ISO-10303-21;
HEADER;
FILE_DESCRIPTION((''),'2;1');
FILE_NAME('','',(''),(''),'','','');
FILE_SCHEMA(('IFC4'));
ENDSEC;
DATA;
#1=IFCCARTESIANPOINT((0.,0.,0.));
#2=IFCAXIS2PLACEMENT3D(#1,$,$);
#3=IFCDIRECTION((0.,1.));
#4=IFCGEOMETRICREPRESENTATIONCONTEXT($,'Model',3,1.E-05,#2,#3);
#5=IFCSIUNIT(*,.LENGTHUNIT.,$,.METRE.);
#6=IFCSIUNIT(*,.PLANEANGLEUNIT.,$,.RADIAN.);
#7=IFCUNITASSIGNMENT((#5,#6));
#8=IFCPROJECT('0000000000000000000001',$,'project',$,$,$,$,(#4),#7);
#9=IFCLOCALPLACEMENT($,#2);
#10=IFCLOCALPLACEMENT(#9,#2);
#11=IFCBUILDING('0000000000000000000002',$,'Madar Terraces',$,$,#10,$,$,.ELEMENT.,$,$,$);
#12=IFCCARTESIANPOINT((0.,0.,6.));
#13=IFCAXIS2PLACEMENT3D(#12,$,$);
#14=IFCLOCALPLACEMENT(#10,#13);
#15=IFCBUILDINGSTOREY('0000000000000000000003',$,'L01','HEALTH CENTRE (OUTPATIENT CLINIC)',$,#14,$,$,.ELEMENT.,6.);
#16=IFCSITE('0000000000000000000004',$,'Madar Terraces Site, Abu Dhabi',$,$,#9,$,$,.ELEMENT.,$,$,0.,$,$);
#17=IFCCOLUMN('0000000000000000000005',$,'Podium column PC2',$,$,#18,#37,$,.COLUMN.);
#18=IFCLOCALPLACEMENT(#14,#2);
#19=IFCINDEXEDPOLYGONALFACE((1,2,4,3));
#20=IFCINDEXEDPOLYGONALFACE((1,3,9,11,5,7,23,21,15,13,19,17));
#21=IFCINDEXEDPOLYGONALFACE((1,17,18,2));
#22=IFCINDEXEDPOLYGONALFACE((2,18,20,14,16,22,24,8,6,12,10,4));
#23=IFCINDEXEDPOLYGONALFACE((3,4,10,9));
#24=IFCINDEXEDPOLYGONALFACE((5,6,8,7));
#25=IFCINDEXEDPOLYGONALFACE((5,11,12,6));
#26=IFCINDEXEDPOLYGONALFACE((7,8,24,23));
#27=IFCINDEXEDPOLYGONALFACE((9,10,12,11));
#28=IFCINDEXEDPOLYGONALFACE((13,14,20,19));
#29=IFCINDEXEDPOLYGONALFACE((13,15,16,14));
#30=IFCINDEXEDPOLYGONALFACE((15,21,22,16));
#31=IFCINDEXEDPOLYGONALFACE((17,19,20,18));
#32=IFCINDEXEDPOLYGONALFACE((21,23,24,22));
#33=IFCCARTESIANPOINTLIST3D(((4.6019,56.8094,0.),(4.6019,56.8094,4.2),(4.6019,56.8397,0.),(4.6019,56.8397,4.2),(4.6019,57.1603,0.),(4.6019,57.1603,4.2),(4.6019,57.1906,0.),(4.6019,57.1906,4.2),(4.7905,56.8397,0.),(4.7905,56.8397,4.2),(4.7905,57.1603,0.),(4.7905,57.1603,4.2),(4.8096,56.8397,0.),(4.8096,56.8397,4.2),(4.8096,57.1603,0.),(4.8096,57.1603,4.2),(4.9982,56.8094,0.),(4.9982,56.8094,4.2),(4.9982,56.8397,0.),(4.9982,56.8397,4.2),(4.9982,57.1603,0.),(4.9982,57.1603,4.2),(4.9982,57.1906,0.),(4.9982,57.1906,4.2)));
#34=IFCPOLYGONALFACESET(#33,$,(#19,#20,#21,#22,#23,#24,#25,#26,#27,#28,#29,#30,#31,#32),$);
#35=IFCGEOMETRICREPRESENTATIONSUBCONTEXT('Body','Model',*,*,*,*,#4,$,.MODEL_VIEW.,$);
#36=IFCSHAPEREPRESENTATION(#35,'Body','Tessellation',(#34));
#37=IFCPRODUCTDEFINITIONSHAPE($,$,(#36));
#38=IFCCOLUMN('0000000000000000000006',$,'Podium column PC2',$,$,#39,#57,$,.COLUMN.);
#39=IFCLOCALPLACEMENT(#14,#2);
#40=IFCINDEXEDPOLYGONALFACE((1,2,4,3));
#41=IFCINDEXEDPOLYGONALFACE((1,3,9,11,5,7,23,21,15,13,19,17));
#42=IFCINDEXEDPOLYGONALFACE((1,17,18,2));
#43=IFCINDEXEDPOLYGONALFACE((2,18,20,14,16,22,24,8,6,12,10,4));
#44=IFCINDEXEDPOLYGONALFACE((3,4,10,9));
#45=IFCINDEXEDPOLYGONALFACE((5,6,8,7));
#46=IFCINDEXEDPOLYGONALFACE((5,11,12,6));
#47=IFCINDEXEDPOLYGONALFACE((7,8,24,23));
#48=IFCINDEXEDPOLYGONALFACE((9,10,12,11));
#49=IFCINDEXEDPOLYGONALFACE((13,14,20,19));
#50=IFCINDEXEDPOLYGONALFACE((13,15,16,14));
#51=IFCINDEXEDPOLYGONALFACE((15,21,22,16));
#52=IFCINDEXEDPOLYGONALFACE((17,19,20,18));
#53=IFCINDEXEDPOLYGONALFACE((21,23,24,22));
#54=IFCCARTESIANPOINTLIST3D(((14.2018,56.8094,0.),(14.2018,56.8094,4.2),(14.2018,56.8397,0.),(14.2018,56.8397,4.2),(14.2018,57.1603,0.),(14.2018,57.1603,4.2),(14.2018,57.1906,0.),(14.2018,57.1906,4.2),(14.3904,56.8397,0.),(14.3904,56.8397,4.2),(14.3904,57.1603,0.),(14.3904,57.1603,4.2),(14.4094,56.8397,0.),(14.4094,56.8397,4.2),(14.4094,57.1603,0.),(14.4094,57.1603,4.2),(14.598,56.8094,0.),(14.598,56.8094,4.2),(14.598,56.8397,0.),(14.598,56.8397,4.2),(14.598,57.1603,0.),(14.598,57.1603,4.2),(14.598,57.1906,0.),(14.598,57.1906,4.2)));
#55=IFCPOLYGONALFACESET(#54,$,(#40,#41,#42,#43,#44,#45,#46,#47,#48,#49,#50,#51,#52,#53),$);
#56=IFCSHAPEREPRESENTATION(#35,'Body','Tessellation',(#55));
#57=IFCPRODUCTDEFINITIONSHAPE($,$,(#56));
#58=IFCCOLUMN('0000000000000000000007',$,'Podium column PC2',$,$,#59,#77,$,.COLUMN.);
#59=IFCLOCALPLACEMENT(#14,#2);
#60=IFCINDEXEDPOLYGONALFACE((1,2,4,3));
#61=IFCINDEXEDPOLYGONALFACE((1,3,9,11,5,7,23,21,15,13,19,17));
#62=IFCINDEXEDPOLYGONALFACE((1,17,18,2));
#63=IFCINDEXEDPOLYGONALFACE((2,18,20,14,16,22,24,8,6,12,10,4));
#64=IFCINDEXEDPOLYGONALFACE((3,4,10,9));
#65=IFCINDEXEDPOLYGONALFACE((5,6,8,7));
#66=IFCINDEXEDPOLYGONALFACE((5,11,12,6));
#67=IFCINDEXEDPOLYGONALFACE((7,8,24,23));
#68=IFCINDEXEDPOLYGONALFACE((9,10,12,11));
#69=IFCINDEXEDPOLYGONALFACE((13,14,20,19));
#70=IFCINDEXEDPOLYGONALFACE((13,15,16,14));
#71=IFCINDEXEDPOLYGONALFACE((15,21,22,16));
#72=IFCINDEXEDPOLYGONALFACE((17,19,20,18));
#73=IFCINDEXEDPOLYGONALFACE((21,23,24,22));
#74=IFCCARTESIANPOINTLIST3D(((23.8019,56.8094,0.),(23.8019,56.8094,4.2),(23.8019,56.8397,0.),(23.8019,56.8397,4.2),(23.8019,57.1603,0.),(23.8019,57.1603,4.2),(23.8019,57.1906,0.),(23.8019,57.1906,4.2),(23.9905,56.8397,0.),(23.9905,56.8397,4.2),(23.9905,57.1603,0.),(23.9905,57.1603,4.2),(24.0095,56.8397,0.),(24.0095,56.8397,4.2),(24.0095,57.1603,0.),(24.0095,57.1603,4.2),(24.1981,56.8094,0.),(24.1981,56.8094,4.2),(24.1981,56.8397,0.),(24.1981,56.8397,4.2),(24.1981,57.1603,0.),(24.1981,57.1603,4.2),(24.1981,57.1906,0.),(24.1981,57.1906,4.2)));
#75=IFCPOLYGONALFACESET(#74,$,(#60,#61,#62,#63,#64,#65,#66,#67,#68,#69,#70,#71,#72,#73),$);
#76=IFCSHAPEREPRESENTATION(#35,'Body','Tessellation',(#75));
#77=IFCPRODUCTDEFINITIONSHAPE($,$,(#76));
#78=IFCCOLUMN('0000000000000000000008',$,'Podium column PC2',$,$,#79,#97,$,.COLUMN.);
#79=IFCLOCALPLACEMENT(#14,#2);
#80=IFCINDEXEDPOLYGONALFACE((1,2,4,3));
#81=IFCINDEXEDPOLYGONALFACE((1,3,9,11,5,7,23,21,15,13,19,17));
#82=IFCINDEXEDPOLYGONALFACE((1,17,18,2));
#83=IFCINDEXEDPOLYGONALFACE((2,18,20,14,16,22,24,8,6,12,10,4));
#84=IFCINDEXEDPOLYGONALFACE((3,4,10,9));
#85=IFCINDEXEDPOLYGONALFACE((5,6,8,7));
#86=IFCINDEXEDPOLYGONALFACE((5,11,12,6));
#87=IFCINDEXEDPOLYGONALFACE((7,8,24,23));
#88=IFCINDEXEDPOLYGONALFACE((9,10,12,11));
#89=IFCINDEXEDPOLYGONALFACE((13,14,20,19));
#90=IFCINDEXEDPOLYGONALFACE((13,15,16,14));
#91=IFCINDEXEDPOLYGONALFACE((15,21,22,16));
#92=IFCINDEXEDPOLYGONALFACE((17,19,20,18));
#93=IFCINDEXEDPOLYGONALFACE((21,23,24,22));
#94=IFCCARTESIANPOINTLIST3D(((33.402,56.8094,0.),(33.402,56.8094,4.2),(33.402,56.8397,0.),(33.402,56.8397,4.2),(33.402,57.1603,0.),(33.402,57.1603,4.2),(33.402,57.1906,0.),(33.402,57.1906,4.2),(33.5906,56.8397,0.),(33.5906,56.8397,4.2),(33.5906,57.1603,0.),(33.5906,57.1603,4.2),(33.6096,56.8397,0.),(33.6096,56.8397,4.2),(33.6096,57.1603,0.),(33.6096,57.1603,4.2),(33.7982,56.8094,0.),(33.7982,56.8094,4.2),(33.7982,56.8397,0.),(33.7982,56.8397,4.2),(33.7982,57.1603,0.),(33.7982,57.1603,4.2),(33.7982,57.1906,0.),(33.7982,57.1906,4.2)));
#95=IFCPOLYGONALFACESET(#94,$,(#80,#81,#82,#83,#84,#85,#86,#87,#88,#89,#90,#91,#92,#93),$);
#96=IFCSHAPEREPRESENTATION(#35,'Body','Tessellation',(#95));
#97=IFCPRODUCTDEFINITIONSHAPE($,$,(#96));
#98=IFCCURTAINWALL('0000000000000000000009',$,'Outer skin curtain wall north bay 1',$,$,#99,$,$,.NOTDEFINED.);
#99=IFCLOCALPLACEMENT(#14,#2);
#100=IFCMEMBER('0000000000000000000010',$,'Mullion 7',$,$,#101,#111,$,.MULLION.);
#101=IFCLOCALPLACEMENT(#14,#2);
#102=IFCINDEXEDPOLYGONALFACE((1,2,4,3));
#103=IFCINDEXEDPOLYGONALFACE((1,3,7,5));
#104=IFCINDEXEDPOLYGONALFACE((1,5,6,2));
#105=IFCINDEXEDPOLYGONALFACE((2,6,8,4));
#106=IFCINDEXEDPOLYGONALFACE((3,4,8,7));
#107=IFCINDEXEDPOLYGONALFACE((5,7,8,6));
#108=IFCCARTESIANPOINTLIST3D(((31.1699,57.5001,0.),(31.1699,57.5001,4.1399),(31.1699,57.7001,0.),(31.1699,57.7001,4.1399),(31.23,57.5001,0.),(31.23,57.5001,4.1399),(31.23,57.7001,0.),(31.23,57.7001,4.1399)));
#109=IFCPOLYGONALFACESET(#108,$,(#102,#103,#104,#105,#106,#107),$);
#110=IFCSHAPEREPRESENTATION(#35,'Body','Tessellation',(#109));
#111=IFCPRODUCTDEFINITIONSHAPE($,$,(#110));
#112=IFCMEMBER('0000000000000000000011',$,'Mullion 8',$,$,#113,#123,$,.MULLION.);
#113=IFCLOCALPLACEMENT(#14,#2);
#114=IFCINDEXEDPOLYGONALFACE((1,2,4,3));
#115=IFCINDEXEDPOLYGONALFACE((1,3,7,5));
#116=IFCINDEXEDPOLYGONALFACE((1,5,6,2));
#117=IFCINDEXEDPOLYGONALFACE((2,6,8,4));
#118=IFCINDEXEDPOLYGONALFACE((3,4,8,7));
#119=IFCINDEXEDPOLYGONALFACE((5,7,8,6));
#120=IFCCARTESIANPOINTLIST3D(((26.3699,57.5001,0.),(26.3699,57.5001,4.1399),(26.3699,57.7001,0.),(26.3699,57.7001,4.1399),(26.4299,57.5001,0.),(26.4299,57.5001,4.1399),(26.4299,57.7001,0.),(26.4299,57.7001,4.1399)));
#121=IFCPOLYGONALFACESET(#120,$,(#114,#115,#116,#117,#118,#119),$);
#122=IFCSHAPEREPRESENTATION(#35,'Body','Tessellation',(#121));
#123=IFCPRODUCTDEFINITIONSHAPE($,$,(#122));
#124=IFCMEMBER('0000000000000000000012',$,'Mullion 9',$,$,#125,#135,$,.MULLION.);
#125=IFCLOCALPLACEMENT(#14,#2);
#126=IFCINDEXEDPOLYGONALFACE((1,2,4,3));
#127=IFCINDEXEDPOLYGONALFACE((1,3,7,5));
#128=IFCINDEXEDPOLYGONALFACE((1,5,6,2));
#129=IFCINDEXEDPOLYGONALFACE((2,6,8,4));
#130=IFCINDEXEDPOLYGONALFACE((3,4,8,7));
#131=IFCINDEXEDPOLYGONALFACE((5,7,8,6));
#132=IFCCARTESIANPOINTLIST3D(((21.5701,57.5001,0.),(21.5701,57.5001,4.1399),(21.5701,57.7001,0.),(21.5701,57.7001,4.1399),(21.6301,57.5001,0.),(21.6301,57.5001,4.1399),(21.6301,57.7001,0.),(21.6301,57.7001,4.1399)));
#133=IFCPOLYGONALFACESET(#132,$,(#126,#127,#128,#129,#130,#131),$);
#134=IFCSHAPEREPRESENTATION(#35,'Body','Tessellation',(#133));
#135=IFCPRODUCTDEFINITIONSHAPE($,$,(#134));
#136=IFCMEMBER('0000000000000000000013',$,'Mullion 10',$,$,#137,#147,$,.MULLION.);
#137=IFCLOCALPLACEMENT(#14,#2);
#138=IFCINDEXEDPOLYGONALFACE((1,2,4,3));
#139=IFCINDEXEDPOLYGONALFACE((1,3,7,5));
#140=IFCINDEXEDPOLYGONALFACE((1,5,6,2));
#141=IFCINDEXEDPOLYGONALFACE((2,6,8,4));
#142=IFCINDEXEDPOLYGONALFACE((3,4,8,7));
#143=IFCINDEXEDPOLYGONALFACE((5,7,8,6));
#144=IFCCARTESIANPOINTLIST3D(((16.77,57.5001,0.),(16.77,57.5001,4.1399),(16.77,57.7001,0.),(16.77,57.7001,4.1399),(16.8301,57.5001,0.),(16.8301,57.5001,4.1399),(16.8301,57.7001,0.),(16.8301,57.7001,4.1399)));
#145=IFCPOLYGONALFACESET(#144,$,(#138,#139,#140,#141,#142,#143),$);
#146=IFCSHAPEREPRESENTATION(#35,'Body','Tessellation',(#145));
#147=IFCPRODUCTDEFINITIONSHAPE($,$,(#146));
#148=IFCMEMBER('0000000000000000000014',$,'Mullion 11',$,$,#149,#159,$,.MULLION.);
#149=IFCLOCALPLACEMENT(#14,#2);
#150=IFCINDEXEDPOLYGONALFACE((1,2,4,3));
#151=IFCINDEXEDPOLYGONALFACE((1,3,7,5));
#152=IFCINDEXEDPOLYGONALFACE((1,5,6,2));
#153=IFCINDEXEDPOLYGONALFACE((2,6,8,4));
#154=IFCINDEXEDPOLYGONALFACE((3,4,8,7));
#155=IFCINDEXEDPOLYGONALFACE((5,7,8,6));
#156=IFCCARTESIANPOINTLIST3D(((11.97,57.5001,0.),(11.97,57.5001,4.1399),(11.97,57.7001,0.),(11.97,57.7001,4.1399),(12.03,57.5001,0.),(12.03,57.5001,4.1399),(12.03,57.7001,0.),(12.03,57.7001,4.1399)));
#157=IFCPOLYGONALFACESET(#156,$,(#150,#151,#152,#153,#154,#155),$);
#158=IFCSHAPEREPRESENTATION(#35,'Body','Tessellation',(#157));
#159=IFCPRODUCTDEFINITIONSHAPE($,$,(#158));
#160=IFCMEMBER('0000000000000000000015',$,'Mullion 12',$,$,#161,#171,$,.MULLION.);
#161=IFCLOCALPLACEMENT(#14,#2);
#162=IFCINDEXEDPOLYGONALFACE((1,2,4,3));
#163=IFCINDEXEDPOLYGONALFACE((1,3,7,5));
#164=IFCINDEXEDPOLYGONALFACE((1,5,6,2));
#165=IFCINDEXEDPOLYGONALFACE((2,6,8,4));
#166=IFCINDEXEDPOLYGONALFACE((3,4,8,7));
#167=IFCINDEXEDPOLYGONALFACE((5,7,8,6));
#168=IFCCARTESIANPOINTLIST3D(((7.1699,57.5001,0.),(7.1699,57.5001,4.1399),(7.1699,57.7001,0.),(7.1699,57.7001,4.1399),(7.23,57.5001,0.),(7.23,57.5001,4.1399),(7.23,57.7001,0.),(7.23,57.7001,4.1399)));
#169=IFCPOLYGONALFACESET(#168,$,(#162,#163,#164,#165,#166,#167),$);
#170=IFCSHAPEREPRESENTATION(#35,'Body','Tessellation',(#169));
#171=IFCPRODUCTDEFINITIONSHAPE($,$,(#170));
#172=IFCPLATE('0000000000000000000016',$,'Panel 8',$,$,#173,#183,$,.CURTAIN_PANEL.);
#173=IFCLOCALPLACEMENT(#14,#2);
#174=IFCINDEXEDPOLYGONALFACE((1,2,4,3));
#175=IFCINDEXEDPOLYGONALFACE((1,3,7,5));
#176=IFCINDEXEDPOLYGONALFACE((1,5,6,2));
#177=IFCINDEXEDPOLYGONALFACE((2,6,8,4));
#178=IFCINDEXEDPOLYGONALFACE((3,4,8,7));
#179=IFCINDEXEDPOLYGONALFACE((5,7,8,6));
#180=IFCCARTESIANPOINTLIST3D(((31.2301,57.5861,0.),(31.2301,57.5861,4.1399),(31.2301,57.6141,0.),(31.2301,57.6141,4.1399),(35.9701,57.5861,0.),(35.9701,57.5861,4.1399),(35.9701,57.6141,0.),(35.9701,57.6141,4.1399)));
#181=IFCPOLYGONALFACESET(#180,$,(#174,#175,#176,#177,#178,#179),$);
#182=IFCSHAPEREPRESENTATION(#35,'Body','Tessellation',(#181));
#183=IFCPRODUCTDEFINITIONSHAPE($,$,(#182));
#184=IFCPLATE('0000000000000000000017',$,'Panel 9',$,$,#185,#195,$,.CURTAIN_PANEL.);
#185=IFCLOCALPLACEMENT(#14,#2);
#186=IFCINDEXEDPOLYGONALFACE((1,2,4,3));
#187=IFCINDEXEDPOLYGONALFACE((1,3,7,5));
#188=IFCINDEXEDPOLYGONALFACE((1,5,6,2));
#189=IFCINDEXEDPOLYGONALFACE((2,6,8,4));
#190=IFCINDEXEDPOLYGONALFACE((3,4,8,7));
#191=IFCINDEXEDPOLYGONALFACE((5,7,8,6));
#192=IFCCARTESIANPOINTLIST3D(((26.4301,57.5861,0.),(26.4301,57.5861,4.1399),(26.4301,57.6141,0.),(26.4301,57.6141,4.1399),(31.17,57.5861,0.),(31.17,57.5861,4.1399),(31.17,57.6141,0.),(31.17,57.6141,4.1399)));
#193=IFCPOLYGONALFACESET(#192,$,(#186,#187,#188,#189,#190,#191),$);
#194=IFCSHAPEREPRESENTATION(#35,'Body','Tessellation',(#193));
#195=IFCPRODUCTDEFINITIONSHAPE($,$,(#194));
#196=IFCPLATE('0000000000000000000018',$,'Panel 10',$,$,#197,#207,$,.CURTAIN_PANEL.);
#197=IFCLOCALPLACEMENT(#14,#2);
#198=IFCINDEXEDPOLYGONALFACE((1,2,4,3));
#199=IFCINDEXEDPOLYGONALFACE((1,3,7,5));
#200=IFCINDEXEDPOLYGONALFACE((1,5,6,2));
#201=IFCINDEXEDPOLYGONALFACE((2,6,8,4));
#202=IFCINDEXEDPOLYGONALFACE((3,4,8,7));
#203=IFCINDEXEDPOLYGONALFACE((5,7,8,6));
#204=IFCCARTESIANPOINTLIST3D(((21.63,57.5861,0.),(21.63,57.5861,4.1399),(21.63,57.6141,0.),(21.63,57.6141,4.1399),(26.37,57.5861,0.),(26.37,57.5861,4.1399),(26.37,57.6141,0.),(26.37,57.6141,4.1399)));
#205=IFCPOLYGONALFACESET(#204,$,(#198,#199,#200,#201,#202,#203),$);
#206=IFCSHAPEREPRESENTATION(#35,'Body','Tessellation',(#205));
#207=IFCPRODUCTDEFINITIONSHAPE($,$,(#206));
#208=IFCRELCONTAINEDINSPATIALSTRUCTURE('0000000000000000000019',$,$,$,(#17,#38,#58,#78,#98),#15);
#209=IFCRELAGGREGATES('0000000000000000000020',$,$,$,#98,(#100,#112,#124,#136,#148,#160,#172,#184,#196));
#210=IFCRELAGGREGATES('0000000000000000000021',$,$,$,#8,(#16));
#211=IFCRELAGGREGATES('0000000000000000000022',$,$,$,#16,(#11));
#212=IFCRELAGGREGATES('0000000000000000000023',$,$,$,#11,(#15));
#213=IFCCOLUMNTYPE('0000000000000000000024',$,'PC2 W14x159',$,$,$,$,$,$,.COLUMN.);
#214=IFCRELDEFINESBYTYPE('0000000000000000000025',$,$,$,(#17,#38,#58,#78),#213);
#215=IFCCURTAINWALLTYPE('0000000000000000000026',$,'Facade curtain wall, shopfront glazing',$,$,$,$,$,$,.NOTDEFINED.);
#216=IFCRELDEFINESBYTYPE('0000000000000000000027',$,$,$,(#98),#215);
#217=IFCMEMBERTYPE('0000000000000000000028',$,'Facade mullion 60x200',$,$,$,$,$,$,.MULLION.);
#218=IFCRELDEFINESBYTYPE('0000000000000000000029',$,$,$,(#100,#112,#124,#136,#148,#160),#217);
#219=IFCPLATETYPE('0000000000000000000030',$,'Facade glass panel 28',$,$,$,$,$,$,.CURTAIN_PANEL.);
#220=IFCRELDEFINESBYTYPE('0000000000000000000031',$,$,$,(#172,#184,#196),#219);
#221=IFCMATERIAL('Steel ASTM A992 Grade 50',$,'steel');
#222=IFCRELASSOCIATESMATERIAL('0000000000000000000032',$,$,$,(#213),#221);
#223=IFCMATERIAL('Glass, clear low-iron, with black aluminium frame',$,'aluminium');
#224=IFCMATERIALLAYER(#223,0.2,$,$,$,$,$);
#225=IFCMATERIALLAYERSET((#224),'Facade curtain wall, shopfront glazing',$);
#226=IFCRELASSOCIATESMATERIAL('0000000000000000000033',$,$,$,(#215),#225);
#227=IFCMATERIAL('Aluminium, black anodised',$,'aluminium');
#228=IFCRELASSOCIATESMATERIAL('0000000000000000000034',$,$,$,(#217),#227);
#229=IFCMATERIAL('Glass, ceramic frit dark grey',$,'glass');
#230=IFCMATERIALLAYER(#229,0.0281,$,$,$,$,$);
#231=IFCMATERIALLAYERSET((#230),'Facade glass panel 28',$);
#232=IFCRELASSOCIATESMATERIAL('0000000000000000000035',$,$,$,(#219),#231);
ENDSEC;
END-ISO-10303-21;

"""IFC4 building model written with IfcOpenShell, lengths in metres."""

from ifc_helpers import new_model, si_unit, direction, frame, origin, origin_2d, place, context, subcontext, project, spatial, rectangle, i_section, extrude, material, layer, layer_set, material_profile, profile_set, type_object, element, aggregate, save


model = new_model("IFC4")

# Units and contexts
model_context = context("Model", 3, precision=1e-05, world=origin(), true_north=direction((0.0, 1.0)))
body_context = subcontext(model_context, "Body", "Model", "MODEL_VIEW")
ifc_project = project(units=[si_unit("LENGTHUNIT", "METRE"), si_unit("PLANEANGLEUNIT", "RADIAN")], contexts=[model_context])

# Site, building, storey
site_placement = place(None, origin())
site = spatial("IfcSite", under=ifc_project, at=site_placement, Name="Madar Terraces Site, Abu Dhabi", CompositionType="ELEMENT", RefElevation=0.0)
building_placement = place(site_placement, origin())
building = spatial("IfcBuilding", under=site, at=building_placement, Name="Madar Terraces", CompositionType="ELEMENT")
storey_placement = place(building_placement, frame((0.0, 0.0, 6.0)))
storey = spatial("IfcBuildingStorey", under=building, at=storey_placement, Name="L01", Description="HEALTH CENTRE (OUTPATIENT CLINIC)", CompositionType="ELEMENT", Elevation=6.0)

# Columns
ifc_material_1 = material(Name="Steel ASTM A992 Grade 50", Category="steel")
ifc_material_profile_1 = material_profile(ifc_material_1, i_section(OverallWidth=0.3962, OverallDepth=0.3811, WebThickness=0.019, FlangeThickness=0.0303, at=origin_2d()), Name="W14x159")
ifc_profile_set_1 = profile_set([ifc_material_profile_1], Name="Steel ASTM A992 Grade 50")
column_type = type_object("IfcColumnType", Name="PC2 W14x159", PredefinedType="COLUMN", material=ifc_profile_set_1)
for number, where, z_axis, x_axis, name in (
    (1, (4.8, 57.0, 0.0), (0.0, 0.0, 1.0), (1.0, 0.0, 0.0), "Podium column PC2"),
    (2, (14.3999, 57.0, 0.0), (0.0, 0.0, 1.0), (1.0, 0.0, 0.0), "Podium column PC2"),
    (3, (24.0, 57.0, 0.0), (0.0, 0.0, 1.0), (1.0, 0.0, 0.0), "Podium column PC2"),
    (4, (33.6001, 57.0, 0.0), (0.0, 0.0, 1.0), (1.0, 0.0, 0.0), "Podium column PC2"),
):
    element("IfcColumn", number, at=place(storey_placement, frame(where, z_axis=z_axis, x_axis=x_axis)), inside=storey, type_object=column_type, Name=name, PredefinedType="COLUMN", context=body_context, shape_type="SweptSolid", body=[
        extrude(i_section(OverallWidth=0.3962, OverallDepth=0.3811, WebThickness=0.019, FlangeThickness=0.0303, at=origin_2d()), origin(), (0.0, 0.0, 1.0), 4.2),
    ])

# Curtain wall, members, plates
ifc_material_2 = material(Name="Glass, clear low-iron, with black aluminium frame", Category="aluminium")
ifc_layer_1 = layer(ifc_material_2, 0.2)
ifc_layer_set_1 = layer_set([ifc_layer_1], Name="Facade curtain wall, shopfront glazing")
curtain_wall_type = type_object("IfcCurtainWallType", Name="Facade curtain wall, shopfront glazing", PredefinedType="NOTDEFINED", material=ifc_layer_set_1)
curtain_wall_placement = place(storey_placement, origin())
curtain_wall = element("IfcCurtainWall", 5, at=curtain_wall_placement, inside=storey, type_object=curtain_wall_type, Name="Outer skin curtain wall north bay 1", PredefinedType="NOTDEFINED")
ifc_material_3 = material(Name="Aluminium, black anodised", Category="aluminium")
ifc_material_profile_2 = material_profile(ifc_material_3, rectangle(XDim=0.2, YDim=0.0601, at=origin_2d()), Name="Facade mullion 60x200")
ifc_profile_set_2 = profile_set([ifc_material_profile_2], Name="Aluminium, black anodised")
member_type = type_object("IfcMemberType", Name="Facade mullion 60x200", PredefinedType="MULLION", material=ifc_profile_set_2)
member_1_placement = place(storey_placement, frame((31.2, 57.6001, 0.0), z_axis=(0.0, 0.0, 1.0), x_axis=(0.0, -1.0, 0.0)))
member_1 = element("IfcMember", 6, at=member_1_placement, type_object=member_type, Name="Mullion 7", PredefinedType="MULLION", context=body_context, shape_type="SweptSolid", body=[
    extrude(rectangle(XDim=0.2, YDim=0.0601, at=origin_2d()), origin(), (0.0, 0.0, 1.0), 4.1399),
])
member_2_placement = place(storey_placement, frame((26.3999, 57.6001, 0.0), z_axis=(0.0, 0.0, 1.0), x_axis=(0.0, -1.0, 0.0)))
member_2 = element("IfcMember", 7, at=member_2_placement, type_object=member_type, Name="Mullion 8", PredefinedType="MULLION", context=body_context, shape_type="SweptSolid", body=[
    extrude(rectangle(XDim=0.2, YDim=0.0601, at=origin_2d()), origin(), (0.0, 0.0, 1.0), 4.1399),
])
member_3_placement = place(storey_placement, frame((21.6001, 57.6001, 0.0), z_axis=(0.0, 0.0, 1.0), x_axis=(0.0, -1.0, 0.0)))
member_3 = element("IfcMember", 8, at=member_3_placement, type_object=member_type, Name="Mullion 9", PredefinedType="MULLION", context=body_context, shape_type="SweptSolid", body=[
    extrude(rectangle(XDim=0.2, YDim=0.0601, at=origin_2d()), origin(), (0.0, 0.0, 1.0), 4.1399),
])
member_4_placement = place(storey_placement, frame((16.8, 57.6001, 0.0), z_axis=(0.0, 0.0, 1.0), x_axis=(0.0, -1.0, 0.0)))
member_4 = element("IfcMember", 9, at=member_4_placement, type_object=member_type, Name="Mullion 10", PredefinedType="MULLION", context=body_context, shape_type="SweptSolid", body=[
    extrude(rectangle(XDim=0.2, YDim=0.0601, at=origin_2d()), origin(), (0.0, 0.0, 1.0), 4.1399),
])
member_5_placement = place(storey_placement, frame((12.0, 57.6001, 0.0), z_axis=(0.0, 0.0, 1.0), x_axis=(0.0, -1.0, 0.0)))
member_5 = element("IfcMember", 10, at=member_5_placement, type_object=member_type, Name="Mullion 11", PredefinedType="MULLION", context=body_context, shape_type="SweptSolid", body=[
    extrude(rectangle(XDim=0.2, YDim=0.0601, at=origin_2d()), origin(), (0.0, 0.0, 1.0), 4.1399),
])
member_6_placement = place(storey_placement, frame((7.2, 57.6001, 0.0), z_axis=(0.0, 0.0, 1.0), x_axis=(0.0, -1.0, 0.0)))
member_6 = element("IfcMember", 11, at=member_6_placement, type_object=member_type, Name="Mullion 12", PredefinedType="MULLION", context=body_context, shape_type="SweptSolid", body=[
    extrude(rectangle(XDim=0.2, YDim=0.0601, at=origin_2d()), origin(), (0.0, 0.0, 1.0), 4.1399),
])
ifc_material_4 = material(Name="Glass, ceramic frit dark grey", Category="glass")
ifc_layer_2 = layer(ifc_material_4, 0.0281)
ifc_layer_set_2 = layer_set([ifc_layer_2], Name="Facade glass panel 28")
plate_type = type_object("IfcPlateType", Name="Facade glass panel 28", PredefinedType="CURTAIN_PANEL", material=ifc_layer_set_2)
plate_1_placement = place(storey_placement, frame((33.6001, 57.6001, 0.0), z_axis=(0.0, 0.0, 1.0), x_axis=(-1.0, 0.0, 0.0)))
plate_1 = element("IfcPlate", 12, at=plate_1_placement, type_object=plate_type, Name="Panel 8", PredefinedType="CURTAIN_PANEL", context=body_context, shape_type="SweptSolid", body=[
    extrude(rectangle(XDim=4.74, YDim=0.0281, at=origin_2d()), origin(), (0.0, 0.0, 1.0), 4.1399),
])
plate_2_placement = place(storey_placement, frame((28.8, 57.6001, 0.0), z_axis=(0.0, 0.0, 1.0), x_axis=(-1.0, 0.0, 0.0)))
plate_2 = element("IfcPlate", 13, at=plate_2_placement, type_object=plate_type, Name="Panel 9", PredefinedType="CURTAIN_PANEL", context=body_context, shape_type="SweptSolid", body=[
    extrude(rectangle(XDim=4.74, YDim=0.0281, at=origin_2d()), origin(), (0.0, 0.0, 1.0), 4.1399),
])
plate_3_placement = place(storey_placement, frame((24.0, 57.6001, 0.0), z_axis=(0.0, 0.0, 1.0), x_axis=(-1.0, 0.0, 0.0)))
plate_3 = element("IfcPlate", 14, at=plate_3_placement, type_object=plate_type, Name="Panel 10", PredefinedType="CURTAIN_PANEL", context=body_context, shape_type="SweptSolid", body=[
    extrude(rectangle(XDim=4.74, YDim=0.0281, at=origin_2d()), origin(), (0.0, 0.0, 1.0), 4.1399),
])
aggregate(curtain_wall, [member_1, member_2, member_3, member_4, member_5, member_6, plate_1, plate_2, plate_3])

save(model, "model.ifc")
